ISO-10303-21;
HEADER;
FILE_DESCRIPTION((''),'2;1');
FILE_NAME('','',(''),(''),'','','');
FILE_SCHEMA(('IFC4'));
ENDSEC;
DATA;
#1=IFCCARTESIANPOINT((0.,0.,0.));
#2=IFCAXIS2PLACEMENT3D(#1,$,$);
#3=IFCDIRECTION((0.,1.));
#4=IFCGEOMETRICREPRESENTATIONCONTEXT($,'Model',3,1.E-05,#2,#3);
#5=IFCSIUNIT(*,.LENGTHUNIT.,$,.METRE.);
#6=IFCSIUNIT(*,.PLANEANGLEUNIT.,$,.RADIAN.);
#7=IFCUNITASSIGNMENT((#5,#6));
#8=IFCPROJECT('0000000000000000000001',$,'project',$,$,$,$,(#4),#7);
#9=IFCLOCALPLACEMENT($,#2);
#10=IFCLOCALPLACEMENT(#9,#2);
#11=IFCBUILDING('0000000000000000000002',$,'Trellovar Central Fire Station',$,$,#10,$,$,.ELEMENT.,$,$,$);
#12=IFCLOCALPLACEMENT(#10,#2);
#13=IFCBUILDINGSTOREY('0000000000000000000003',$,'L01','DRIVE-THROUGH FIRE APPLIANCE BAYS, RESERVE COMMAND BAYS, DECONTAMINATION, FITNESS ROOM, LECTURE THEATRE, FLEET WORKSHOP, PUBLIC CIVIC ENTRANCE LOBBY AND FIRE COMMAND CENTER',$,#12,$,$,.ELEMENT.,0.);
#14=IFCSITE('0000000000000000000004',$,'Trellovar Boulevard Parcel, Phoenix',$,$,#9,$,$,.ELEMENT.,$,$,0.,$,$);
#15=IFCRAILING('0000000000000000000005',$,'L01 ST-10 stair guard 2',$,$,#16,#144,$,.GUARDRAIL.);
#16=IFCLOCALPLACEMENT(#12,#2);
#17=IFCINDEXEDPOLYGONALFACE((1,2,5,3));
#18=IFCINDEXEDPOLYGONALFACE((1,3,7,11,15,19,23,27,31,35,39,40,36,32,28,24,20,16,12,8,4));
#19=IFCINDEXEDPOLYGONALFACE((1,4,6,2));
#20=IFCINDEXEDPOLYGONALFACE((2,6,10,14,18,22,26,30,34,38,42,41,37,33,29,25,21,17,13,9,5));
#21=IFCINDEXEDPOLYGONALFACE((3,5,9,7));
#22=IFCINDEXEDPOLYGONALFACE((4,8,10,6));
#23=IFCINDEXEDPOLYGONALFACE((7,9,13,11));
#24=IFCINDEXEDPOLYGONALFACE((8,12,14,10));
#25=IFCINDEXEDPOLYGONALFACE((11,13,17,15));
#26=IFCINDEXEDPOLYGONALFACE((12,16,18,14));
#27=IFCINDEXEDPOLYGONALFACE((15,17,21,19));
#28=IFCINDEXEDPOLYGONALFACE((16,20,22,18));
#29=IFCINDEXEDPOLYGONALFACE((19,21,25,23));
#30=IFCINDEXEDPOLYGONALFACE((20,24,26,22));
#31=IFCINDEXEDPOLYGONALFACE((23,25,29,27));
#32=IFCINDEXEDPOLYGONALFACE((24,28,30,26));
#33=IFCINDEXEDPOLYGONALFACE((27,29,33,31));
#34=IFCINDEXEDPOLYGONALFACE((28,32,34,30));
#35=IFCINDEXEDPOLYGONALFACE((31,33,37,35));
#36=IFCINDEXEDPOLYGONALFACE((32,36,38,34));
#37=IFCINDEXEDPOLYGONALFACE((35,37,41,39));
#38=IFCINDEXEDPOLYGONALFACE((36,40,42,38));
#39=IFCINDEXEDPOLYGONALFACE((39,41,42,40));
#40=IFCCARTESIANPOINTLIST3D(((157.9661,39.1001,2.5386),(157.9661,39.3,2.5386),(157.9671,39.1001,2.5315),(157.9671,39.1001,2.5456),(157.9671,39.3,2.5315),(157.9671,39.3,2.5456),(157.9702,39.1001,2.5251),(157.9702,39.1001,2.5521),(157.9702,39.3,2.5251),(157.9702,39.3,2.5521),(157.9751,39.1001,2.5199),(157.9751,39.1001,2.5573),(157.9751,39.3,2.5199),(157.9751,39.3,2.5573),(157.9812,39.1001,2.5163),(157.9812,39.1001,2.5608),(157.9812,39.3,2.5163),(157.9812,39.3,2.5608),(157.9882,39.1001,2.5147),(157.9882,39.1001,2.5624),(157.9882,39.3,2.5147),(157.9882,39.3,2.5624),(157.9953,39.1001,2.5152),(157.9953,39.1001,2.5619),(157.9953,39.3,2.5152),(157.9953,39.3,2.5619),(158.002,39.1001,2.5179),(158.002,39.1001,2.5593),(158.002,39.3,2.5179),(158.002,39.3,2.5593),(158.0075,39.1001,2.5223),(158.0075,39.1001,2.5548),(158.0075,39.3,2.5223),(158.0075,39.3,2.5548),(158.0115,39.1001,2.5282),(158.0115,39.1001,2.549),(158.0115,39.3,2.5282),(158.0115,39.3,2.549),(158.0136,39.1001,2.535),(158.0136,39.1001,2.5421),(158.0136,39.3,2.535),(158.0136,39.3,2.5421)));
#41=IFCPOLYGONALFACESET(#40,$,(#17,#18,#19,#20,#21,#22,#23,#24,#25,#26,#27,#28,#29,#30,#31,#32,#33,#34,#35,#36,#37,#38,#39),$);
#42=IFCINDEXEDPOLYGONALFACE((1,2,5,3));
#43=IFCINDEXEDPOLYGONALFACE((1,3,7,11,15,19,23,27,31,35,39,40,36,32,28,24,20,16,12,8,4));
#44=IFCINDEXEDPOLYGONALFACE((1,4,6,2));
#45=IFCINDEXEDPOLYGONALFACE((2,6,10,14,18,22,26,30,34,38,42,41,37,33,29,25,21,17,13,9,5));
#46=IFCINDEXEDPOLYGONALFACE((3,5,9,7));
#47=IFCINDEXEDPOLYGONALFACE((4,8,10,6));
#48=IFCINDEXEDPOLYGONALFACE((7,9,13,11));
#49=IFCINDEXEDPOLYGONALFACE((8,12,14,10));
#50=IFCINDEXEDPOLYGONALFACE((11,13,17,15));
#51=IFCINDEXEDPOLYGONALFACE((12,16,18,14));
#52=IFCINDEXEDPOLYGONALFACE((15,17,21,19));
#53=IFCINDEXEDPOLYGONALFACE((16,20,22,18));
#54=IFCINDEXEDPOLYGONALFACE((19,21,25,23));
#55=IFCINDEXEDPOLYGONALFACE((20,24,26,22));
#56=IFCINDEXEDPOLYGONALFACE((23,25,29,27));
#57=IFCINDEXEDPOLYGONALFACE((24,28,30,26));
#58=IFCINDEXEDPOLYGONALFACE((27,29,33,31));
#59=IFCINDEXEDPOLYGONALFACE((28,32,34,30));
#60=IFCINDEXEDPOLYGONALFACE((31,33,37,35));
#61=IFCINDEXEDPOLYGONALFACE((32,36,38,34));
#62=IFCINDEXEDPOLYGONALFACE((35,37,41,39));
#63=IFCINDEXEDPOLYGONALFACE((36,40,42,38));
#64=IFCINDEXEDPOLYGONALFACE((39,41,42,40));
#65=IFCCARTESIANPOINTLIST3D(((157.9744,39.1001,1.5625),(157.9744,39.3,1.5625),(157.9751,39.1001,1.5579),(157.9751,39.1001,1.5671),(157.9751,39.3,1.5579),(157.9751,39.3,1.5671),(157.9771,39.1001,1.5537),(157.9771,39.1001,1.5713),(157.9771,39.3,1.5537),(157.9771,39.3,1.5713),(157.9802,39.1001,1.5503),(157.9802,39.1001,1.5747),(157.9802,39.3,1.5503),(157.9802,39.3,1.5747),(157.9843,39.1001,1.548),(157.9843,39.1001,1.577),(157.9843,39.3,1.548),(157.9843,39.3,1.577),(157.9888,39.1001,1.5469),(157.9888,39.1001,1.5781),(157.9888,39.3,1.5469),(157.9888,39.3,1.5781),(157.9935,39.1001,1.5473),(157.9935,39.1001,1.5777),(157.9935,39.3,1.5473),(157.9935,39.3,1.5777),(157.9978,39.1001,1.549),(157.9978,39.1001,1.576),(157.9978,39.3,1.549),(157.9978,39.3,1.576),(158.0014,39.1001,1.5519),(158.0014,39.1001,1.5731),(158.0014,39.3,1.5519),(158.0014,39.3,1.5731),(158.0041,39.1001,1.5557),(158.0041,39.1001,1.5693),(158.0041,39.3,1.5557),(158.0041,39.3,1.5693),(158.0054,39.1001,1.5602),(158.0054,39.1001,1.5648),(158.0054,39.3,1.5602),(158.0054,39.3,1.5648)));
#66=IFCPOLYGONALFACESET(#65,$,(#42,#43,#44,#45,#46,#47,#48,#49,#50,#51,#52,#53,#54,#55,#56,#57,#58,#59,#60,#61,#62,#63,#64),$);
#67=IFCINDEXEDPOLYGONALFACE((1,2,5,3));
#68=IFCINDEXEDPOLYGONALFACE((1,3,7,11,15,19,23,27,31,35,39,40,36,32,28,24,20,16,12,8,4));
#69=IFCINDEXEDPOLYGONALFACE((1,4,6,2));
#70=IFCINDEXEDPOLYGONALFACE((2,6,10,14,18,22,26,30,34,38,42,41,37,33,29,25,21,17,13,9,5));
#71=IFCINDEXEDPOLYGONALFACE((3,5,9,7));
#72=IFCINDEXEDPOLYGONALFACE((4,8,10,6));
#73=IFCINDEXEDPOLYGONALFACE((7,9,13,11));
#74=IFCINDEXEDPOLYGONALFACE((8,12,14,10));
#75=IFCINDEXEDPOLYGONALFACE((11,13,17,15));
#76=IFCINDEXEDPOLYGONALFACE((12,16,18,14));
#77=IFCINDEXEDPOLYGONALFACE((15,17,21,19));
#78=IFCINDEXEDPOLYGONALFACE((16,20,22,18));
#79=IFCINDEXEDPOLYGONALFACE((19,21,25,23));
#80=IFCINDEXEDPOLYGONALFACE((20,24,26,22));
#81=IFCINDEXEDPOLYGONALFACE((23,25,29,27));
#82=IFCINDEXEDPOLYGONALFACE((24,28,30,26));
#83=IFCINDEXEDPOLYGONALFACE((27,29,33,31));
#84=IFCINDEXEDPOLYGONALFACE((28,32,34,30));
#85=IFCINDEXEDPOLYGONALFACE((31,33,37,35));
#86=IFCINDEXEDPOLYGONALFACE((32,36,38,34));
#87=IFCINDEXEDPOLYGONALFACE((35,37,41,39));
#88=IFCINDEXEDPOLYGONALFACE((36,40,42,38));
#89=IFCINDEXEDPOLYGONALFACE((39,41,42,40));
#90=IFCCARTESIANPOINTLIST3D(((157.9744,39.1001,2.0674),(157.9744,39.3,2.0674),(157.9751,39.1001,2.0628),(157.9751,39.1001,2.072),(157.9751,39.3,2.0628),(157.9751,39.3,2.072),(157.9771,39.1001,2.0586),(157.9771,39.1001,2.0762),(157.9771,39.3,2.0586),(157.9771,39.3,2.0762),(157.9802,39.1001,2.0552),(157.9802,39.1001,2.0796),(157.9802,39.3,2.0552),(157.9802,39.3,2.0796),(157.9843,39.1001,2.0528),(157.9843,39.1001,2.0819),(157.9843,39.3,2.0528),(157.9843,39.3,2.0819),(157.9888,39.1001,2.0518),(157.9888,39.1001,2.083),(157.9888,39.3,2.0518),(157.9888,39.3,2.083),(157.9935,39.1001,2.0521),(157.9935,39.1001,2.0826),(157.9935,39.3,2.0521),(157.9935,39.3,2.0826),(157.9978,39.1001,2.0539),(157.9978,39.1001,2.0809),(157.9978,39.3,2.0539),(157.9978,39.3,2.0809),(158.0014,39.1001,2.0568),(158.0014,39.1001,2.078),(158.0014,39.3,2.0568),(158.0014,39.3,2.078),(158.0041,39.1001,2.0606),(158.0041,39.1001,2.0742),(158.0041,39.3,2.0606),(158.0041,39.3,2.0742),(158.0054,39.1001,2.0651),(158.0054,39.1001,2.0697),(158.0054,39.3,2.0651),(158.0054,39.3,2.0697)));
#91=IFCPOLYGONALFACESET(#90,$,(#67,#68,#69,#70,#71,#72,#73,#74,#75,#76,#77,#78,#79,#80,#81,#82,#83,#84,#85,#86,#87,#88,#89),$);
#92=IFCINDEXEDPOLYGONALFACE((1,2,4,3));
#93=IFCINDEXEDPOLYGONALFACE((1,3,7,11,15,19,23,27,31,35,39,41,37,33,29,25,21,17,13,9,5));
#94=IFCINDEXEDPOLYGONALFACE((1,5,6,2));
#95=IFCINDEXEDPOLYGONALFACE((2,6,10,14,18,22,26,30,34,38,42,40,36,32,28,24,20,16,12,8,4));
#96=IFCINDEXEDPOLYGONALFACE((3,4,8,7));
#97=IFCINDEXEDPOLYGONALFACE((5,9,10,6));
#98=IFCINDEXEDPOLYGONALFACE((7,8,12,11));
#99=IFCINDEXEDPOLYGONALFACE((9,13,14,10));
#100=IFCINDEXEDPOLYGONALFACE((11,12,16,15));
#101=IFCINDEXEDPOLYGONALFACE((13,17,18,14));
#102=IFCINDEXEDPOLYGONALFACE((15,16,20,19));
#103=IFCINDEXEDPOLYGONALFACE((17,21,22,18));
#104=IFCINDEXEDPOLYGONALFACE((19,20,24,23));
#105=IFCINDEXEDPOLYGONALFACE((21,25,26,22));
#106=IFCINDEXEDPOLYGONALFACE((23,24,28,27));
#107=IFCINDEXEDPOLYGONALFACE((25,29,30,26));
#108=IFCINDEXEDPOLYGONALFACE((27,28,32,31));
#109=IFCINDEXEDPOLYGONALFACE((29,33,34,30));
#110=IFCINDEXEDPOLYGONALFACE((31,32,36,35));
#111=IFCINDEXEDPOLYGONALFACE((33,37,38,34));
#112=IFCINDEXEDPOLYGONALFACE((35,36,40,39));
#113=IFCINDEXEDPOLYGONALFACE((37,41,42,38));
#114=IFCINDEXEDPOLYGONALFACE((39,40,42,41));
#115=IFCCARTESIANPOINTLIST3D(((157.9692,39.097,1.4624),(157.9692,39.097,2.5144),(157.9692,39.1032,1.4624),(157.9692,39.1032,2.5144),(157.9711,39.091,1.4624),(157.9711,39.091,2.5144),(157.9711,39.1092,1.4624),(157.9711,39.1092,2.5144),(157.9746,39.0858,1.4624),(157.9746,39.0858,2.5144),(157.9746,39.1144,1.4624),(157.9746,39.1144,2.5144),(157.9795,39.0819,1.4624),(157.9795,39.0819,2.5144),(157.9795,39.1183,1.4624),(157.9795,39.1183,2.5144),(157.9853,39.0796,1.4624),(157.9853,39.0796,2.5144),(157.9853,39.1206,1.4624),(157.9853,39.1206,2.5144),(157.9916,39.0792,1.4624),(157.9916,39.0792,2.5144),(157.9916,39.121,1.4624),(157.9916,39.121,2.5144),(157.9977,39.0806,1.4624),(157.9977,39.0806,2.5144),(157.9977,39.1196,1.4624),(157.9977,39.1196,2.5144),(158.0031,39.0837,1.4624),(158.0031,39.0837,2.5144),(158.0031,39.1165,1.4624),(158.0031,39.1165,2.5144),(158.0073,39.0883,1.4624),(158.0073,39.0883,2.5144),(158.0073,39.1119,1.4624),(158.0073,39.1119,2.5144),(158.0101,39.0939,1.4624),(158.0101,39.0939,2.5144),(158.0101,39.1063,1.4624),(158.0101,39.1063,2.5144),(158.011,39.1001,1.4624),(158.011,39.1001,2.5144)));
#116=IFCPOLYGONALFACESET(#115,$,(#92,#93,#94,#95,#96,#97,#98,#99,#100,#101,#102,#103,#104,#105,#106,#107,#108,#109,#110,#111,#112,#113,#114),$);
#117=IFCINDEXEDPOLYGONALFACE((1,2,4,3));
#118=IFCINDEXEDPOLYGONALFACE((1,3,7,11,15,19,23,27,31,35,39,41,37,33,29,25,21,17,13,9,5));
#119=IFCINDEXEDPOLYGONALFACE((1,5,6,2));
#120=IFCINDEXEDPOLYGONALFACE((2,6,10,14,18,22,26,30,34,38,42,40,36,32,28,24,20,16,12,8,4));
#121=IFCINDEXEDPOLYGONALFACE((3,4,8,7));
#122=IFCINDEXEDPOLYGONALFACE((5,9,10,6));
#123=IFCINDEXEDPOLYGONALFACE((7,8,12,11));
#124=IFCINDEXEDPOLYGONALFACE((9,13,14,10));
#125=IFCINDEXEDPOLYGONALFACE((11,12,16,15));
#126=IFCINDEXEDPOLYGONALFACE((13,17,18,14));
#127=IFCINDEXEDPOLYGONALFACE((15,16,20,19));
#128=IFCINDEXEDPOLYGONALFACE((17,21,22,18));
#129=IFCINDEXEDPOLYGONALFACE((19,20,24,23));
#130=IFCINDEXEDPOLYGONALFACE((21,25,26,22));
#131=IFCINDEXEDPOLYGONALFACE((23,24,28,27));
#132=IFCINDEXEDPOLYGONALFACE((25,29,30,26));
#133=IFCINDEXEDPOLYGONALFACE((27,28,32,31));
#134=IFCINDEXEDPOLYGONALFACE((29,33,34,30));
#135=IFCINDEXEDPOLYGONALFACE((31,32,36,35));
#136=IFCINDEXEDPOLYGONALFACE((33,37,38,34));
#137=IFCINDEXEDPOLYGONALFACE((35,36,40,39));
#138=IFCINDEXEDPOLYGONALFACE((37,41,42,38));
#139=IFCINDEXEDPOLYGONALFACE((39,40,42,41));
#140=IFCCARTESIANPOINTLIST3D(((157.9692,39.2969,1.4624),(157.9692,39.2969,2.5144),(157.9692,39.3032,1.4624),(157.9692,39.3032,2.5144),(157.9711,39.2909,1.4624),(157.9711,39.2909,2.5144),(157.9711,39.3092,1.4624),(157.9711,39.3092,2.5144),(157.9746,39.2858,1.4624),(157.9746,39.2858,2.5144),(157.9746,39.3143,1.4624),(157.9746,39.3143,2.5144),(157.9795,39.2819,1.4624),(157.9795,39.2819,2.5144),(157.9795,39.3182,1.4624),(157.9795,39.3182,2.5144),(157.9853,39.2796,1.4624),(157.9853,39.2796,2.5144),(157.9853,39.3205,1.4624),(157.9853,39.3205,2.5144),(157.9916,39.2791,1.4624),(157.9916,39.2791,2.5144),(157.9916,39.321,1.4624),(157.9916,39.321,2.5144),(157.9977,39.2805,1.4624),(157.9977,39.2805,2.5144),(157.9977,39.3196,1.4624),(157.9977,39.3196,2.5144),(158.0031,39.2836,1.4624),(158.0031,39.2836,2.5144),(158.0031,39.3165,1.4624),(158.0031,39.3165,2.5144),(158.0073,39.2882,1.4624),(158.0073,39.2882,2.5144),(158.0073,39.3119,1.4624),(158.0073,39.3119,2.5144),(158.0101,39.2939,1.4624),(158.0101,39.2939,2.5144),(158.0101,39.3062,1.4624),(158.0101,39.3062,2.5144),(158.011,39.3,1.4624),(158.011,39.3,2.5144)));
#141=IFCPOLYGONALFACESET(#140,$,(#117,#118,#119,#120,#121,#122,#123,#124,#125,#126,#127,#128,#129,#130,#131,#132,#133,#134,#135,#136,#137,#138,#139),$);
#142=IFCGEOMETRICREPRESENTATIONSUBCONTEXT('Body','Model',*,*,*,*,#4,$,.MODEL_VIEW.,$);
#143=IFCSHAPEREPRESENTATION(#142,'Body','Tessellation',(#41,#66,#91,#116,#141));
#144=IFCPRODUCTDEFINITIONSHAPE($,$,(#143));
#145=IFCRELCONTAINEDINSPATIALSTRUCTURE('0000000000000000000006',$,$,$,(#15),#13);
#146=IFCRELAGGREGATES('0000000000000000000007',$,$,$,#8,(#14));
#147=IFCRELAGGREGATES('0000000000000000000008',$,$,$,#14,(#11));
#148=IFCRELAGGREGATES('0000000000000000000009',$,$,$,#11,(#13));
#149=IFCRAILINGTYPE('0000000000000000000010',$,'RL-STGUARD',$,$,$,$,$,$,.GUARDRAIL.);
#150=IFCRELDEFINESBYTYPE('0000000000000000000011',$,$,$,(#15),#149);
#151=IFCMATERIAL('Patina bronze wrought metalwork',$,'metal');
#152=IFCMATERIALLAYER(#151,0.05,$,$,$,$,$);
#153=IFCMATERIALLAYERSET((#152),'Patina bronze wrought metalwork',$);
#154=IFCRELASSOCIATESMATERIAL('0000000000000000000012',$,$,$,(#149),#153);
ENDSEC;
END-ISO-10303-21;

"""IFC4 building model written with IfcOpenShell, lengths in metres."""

from ifc_helpers import new_model, si_unit, direction, frame, origin, origin_2d, place, context, subcontext, project, spatial, circle, extrude, material, layer, layer_set, type_object, element, save


model = new_model("IFC4")

# Units and contexts
model_context = context("Model", 3, precision=1e-05, world=origin(), true_north=direction((0.0, 1.0)))
body_context = subcontext(model_context, "Body", "Model", "MODEL_VIEW")
ifc_project = project(units=[si_unit("LENGTHUNIT", "METRE"), si_unit("PLANEANGLEUNIT", "RADIAN")], contexts=[model_context])

# Site, building, storey
site_placement = place(None, origin())
site = spatial("IfcSite", under=ifc_project, at=site_placement, Name="Trellovar Boulevard Parcel, Phoenix", CompositionType="ELEMENT", RefElevation=0.0)
building_placement = place(site_placement, origin())
building = spatial("IfcBuilding", under=site, at=building_placement, Name="Trellovar Central Fire Station", CompositionType="ELEMENT")
storey_placement = place(building_placement, origin())
storey = spatial("IfcBuildingStorey", under=building, at=storey_placement, Name="L01", Description="DRIVE-THROUGH FIRE APPLIANCE BAYS, RESERVE COMMAND BAYS, DECONTAMINATION, FITNESS ROOM, LECTURE THEATRE, FLEET WORKSHOP, PUBLIC CIVIC ENTRANCE LOBBY AND FIRE COMMAND CENTER", CompositionType="ELEMENT", Elevation=0.0)

# Railing
ifc_material_1 = material(Name="Patina bronze wrought metalwork", Category="metal")
ifc_layer_1 = layer(ifc_material_1, 0.05)
ifc_layer_set_1 = layer_set([ifc_layer_1], Name="Patina bronze wrought metalwork")
railing_type_1 = type_object("IfcRailingType", Name="RL-STGUARD", PredefinedType="GUARDRAIL", material=ifc_layer_set_1)
for number, where, name in (
    (1, (157.99, 39.1001, 1.4624), "L01 ST-10 stair guard 2"),
):
    element("IfcRailing", number, at=place(storey_placement, frame(where)), inside=storey, type_object=railing_type_1, Name=name, PredefinedType="GUARDRAIL", context=body_context, shape_type="SweptSolid", body=[
        extrude(circle(Radius=0.0239, at=origin_2d()), frame((0.0, 0.0, 1.0762), z_axis=(0.0, 1.0, 0.0), x_axis=(-1.0, 0.0, 0.0)), (0.0, 0.0, 1.0), 0.2),
        extrude(circle(Radius=0.0156, at=origin_2d()), frame((0.0, 0.0, 0.1001), z_axis=(0.0, 1.0, 0.0), x_axis=(-1.0, 0.0, 0.0)), (0.0, 0.0, 1.0), 0.2),
        extrude(circle(Radius=0.0156, at=origin_2d()), frame((0.0, 0.0, 0.605), z_axis=(0.0, 1.0, 0.0), x_axis=(-1.0, 0.0, 0.0)), (0.0, 0.0, 1.0), 0.2),
        extrude(circle(Radius=0.021, at=origin_2d()), origin(), (0.0, 0.0, 1.0), 1.052),
        extrude(circle(Radius=0.021, at=origin_2d()), frame((0.0, 0.2, 0.0)), (0.0, 0.0, 1.0), 1.052),
    ])

save(model, "model.ifc")
